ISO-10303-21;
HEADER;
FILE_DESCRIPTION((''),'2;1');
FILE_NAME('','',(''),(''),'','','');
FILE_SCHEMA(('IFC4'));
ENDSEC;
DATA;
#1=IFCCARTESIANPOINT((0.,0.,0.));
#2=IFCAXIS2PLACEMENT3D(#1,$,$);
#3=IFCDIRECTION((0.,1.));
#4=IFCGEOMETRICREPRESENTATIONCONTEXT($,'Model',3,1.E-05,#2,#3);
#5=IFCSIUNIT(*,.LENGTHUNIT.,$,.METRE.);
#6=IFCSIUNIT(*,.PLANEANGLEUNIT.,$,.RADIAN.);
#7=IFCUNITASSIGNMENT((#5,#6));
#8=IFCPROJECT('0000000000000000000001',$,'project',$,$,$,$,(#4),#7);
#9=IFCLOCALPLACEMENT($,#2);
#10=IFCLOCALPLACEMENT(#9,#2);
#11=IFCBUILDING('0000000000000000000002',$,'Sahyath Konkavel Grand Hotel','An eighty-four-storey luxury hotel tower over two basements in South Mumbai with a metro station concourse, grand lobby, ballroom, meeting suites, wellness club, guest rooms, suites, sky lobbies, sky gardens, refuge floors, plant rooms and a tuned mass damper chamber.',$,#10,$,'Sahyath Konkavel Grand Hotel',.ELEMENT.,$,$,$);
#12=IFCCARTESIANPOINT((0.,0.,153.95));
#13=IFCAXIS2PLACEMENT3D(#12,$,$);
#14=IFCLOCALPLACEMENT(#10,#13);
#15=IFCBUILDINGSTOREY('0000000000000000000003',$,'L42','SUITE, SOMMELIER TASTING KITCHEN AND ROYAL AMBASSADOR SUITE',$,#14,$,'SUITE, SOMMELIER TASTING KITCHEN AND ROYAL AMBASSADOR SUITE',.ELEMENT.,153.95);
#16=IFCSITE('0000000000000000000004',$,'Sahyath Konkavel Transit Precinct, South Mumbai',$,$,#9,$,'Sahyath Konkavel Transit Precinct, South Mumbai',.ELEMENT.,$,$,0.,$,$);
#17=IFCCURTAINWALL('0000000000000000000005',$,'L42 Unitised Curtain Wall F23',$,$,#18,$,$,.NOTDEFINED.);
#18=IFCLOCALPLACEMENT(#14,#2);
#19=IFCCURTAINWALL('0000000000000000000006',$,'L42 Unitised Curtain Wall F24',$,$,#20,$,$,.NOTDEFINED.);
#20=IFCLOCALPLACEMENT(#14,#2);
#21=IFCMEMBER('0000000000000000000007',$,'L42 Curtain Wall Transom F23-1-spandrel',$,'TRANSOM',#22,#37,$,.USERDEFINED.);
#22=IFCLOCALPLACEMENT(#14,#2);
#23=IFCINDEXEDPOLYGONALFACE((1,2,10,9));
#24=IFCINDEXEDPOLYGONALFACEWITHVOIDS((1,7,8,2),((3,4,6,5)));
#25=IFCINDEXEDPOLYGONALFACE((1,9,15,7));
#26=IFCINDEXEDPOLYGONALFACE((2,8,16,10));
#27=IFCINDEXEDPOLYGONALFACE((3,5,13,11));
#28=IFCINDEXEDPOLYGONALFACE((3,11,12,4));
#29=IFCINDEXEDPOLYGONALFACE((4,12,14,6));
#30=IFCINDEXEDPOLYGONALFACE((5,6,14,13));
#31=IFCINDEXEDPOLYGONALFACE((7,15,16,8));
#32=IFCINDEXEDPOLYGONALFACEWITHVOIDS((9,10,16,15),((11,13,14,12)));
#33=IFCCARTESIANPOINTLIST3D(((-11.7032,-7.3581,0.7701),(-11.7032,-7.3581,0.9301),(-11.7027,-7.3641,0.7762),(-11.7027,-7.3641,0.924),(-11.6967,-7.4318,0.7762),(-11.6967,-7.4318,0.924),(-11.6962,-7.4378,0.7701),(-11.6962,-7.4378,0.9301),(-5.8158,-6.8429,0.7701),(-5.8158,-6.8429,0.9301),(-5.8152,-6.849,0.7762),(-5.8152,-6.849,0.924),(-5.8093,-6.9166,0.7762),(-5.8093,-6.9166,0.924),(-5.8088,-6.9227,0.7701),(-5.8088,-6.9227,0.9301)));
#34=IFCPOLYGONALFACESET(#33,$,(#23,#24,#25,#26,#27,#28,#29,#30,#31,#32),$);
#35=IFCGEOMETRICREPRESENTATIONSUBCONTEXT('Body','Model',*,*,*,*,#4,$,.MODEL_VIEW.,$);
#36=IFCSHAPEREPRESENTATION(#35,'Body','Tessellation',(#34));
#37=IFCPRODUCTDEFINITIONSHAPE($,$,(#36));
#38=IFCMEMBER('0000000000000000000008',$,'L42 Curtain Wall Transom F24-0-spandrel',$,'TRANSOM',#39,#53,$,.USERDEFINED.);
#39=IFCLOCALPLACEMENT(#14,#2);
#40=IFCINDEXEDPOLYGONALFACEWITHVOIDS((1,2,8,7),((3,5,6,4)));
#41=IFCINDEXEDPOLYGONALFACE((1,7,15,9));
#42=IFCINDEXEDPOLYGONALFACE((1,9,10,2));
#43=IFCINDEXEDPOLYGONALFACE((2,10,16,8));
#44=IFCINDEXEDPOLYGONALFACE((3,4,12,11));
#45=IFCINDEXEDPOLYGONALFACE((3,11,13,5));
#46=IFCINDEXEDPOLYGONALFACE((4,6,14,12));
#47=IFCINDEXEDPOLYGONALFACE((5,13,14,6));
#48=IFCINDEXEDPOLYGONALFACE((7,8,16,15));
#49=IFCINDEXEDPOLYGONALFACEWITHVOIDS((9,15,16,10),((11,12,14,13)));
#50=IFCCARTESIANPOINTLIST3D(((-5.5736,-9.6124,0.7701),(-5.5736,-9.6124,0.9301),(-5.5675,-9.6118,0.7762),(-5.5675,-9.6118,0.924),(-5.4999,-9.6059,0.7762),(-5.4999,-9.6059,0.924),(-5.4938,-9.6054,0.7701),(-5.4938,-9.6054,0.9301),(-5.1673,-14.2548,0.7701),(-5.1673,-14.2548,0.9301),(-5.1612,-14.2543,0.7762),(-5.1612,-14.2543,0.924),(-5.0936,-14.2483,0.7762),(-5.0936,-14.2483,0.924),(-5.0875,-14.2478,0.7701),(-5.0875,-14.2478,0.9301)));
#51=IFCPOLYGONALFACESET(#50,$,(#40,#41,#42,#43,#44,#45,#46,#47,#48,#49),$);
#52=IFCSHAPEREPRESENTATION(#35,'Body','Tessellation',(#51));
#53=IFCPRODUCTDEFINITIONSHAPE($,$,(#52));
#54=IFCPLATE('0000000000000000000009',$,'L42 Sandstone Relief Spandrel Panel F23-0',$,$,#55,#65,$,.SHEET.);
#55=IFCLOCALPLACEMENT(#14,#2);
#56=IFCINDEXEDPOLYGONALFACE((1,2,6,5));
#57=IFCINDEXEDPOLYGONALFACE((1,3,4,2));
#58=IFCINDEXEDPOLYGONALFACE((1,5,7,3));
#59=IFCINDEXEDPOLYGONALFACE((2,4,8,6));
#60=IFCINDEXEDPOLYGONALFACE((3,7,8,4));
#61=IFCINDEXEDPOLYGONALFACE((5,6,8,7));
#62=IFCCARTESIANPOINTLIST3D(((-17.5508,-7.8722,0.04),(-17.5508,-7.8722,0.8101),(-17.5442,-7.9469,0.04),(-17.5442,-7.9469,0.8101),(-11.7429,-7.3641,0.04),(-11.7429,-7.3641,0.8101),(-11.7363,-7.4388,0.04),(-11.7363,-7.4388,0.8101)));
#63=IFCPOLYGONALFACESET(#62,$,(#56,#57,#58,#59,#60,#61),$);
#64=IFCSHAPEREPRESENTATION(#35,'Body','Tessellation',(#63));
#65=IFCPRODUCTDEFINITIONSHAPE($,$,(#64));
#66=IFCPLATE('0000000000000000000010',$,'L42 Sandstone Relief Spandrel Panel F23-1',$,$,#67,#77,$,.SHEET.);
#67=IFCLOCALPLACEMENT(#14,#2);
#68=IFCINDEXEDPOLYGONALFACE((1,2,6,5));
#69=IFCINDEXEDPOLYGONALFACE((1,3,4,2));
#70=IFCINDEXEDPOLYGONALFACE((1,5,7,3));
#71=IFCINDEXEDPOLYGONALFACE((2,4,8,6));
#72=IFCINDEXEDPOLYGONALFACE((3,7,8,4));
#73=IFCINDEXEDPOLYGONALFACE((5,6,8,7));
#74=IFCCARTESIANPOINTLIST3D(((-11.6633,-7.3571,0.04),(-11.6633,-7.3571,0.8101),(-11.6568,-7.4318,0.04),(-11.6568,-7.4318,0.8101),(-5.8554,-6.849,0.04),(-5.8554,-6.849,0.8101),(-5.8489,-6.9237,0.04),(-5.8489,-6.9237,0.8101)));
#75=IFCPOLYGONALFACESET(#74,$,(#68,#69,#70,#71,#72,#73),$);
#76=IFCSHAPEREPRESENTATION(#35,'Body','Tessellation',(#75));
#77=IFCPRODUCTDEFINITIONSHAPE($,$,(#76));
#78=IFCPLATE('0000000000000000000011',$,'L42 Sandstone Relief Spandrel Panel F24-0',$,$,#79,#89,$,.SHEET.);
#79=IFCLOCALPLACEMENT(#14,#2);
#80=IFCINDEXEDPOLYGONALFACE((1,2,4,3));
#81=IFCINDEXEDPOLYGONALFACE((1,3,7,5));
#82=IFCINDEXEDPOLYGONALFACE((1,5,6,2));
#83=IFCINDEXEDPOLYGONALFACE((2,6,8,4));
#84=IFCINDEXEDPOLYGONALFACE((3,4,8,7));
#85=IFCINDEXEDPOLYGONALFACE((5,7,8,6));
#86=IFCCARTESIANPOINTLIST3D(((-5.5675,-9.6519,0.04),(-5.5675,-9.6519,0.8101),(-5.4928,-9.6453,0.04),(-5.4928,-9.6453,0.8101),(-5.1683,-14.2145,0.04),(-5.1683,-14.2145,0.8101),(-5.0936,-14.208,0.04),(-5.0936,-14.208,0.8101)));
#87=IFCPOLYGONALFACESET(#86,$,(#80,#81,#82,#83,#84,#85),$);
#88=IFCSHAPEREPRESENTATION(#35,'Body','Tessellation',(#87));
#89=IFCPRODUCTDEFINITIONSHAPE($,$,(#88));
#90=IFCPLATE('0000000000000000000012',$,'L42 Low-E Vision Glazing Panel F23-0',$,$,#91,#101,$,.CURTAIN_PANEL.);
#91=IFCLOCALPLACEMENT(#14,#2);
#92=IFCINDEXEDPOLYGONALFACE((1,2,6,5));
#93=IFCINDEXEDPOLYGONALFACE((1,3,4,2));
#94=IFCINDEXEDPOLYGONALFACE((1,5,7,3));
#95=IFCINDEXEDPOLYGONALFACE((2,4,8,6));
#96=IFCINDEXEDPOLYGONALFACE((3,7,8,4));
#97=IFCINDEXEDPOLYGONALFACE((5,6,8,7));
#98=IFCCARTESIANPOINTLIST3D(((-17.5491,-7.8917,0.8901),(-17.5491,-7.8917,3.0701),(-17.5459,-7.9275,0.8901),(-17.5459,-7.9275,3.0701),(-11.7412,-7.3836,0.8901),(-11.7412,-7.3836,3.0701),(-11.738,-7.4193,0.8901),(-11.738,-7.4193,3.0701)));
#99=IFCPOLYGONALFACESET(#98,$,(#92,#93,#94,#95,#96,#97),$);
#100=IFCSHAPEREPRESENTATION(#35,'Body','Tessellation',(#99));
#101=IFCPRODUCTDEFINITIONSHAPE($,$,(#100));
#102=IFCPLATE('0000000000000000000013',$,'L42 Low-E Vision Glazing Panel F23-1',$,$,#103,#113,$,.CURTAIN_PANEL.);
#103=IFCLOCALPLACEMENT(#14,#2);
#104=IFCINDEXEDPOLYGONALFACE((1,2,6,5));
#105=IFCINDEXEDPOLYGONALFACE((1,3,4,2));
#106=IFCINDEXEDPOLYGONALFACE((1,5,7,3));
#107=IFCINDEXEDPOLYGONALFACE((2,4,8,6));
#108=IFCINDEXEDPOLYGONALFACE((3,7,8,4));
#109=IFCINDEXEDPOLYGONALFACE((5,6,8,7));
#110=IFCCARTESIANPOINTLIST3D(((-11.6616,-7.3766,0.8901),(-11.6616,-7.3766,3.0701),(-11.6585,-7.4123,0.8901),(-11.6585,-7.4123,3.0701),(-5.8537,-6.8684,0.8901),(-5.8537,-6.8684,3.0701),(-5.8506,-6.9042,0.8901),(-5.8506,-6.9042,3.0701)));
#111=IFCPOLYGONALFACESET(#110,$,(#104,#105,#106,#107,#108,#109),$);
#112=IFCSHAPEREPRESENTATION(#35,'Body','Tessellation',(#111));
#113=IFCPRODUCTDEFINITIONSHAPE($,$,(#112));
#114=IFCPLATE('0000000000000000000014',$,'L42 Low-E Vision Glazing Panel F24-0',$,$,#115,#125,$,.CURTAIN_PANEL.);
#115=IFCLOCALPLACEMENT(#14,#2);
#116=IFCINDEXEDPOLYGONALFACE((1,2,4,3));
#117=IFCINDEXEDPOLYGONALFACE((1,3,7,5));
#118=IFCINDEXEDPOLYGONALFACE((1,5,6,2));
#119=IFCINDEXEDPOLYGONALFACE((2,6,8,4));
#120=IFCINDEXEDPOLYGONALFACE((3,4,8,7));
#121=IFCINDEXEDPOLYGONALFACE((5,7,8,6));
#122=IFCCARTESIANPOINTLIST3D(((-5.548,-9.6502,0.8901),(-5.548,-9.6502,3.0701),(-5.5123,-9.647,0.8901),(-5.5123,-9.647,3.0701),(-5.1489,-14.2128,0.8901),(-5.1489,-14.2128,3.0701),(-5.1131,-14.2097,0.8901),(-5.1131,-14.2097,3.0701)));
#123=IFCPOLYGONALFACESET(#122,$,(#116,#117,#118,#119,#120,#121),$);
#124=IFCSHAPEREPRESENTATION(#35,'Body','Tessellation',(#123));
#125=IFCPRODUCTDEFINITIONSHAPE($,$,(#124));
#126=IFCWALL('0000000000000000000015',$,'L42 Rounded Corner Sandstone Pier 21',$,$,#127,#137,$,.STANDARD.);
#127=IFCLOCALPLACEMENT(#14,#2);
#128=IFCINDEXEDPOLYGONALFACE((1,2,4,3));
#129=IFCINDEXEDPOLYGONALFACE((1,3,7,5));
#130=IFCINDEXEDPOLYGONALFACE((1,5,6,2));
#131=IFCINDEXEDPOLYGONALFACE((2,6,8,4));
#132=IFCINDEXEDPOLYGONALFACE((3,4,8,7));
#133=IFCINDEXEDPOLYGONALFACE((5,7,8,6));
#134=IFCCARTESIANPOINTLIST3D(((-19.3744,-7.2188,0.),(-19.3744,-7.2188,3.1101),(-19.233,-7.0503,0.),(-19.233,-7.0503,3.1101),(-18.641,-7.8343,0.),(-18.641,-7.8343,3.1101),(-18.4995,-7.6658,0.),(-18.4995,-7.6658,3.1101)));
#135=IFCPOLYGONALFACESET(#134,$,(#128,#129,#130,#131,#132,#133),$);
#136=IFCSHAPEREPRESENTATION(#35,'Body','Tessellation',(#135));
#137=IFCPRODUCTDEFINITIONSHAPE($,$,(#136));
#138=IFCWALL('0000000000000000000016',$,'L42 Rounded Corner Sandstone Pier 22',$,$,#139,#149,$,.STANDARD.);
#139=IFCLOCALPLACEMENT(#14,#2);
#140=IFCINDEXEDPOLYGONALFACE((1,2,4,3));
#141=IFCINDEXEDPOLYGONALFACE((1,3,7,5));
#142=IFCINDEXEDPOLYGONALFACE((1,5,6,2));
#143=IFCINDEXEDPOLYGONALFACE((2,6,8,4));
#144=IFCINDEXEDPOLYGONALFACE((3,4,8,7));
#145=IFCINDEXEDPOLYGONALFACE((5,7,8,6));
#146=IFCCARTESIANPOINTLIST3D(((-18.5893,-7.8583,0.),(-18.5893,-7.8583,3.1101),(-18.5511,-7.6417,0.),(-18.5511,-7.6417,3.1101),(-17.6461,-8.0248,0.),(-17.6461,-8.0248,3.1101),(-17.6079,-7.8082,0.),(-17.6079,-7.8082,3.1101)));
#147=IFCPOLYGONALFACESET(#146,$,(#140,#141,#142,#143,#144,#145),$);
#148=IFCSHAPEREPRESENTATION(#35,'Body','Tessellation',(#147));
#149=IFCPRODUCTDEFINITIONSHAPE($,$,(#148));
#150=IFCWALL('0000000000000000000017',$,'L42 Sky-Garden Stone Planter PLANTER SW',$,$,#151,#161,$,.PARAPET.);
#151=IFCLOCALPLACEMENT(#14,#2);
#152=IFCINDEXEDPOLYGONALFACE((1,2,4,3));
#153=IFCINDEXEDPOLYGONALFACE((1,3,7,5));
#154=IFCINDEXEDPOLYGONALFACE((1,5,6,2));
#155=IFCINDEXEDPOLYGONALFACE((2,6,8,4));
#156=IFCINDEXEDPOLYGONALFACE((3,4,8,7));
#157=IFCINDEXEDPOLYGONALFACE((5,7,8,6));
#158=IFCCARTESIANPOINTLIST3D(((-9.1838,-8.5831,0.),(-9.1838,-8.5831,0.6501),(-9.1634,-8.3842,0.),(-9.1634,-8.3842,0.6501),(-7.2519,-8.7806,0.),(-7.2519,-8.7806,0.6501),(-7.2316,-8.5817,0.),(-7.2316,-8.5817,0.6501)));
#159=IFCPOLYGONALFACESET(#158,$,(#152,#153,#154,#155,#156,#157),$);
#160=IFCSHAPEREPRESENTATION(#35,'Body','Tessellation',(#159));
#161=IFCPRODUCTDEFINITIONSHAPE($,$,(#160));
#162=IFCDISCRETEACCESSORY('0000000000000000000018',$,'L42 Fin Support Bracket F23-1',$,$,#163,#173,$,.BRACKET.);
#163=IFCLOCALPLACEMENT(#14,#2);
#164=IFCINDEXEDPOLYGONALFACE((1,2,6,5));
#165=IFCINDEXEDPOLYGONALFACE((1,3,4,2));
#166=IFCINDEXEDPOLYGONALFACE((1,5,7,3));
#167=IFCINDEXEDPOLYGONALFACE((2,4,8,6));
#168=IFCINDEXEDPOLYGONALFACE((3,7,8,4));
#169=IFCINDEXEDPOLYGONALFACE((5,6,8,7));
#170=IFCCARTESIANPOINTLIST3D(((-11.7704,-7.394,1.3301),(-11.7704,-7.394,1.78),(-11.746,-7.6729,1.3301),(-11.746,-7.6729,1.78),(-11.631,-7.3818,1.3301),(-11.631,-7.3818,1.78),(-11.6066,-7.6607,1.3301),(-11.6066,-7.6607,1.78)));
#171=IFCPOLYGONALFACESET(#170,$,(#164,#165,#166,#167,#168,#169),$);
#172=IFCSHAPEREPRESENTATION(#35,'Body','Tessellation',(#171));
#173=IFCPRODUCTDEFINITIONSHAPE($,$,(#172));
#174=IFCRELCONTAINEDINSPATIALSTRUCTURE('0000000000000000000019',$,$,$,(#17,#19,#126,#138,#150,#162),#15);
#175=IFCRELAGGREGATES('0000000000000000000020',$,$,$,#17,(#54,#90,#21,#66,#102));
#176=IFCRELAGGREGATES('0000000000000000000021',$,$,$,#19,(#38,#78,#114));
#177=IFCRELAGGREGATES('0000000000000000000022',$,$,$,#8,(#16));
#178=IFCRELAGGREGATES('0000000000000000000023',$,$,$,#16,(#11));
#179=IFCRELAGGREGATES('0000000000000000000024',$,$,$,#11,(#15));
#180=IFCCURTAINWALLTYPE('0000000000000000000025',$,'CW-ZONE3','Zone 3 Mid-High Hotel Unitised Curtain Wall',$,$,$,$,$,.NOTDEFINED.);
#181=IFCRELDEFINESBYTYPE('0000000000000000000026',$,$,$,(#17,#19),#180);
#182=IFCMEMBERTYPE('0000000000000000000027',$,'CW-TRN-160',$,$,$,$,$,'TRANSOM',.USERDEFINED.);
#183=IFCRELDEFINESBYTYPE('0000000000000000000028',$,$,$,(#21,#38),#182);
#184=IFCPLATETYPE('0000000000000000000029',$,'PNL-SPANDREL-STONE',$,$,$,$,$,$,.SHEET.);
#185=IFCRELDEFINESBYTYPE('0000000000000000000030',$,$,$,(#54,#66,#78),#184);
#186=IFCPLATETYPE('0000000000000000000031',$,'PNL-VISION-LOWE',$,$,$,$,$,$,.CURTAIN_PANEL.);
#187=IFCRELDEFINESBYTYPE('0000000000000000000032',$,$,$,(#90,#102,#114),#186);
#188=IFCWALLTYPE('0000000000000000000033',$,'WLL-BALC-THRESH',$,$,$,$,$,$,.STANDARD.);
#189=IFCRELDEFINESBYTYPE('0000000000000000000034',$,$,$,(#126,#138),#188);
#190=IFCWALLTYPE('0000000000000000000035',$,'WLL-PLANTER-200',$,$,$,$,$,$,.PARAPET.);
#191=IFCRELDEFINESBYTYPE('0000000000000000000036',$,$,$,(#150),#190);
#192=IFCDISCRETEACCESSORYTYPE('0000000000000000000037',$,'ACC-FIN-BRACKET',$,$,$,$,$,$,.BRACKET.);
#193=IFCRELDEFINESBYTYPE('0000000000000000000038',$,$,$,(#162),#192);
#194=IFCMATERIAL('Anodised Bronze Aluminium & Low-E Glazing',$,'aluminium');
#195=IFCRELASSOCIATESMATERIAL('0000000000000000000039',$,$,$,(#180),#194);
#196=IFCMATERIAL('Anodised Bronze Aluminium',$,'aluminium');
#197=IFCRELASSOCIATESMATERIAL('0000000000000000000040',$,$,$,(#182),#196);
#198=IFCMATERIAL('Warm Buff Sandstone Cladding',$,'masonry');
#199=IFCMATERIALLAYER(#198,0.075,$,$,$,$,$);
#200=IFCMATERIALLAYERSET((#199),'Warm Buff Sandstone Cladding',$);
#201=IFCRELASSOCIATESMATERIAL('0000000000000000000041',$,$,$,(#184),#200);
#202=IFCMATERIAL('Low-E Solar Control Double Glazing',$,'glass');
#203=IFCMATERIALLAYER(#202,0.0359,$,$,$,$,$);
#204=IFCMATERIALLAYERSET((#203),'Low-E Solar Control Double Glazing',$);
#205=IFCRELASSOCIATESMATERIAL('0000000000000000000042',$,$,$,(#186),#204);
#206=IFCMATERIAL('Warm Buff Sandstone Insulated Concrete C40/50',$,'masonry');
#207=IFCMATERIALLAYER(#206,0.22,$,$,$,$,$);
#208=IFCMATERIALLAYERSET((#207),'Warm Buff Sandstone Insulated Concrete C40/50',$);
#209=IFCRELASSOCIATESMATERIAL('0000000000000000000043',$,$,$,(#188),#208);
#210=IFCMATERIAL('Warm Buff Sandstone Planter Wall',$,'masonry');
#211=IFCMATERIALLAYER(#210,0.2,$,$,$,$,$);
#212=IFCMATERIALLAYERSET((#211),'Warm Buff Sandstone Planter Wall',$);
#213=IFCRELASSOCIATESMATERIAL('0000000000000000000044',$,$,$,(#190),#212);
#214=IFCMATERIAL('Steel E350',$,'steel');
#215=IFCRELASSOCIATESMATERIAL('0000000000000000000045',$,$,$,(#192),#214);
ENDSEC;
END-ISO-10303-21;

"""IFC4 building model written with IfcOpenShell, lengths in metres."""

from ifc_helpers import new_model, si_unit, direction, frame, frame_2d, origin, origin_2d, place, context, subcontext, project, spatial, rectangle, hollow_rectangle, extrude, source, transform, mapped, material, layer, layer_set, material_profile, profile_set, type_object, element, aggregate, save


model = new_model("IFC4")

# Units and contexts
model_context = context("Model", 3, precision=1e-05, world=origin(), true_north=direction((0.0, 1.0)))
body_context = subcontext(model_context, "Body", "Model", "MODEL_VIEW")
ifc_project = project(units=[si_unit("LENGTHUNIT", "METRE"), si_unit("PLANEANGLEUNIT", "RADIAN")], contexts=[model_context])

# Site, building, storey
site_placement = place(None, origin())
site = spatial("IfcSite", under=ifc_project, at=site_placement, Name="Sahyath Konkavel Transit Precinct, South Mumbai", LongName="Sahyath Konkavel Transit Precinct, South Mumbai", CompositionType="ELEMENT", RefElevation=0.0)
building_placement = place(site_placement, origin())
building = spatial("IfcBuilding", under=site, at=building_placement, Name="Sahyath Konkavel Grand Hotel", Description="An eighty-four-storey luxury hotel tower over two basements in South Mumbai with a metro station concourse, grand lobby, ballroom, meeting suites, wellness club, guest rooms, suites, sky lobbies, sky gardens, refuge floors, plant rooms and a tuned mass damper chamber.", LongName="Sahyath Konkavel Grand Hotel", CompositionType="ELEMENT")
storey_placement = place(building_placement, frame((0.0, 0.0, 153.95)))
storey = spatial("IfcBuildingStorey", under=building, at=storey_placement, Name="L42", Description="SUITE, SOMMELIER TASTING KITCHEN AND ROYAL AMBASSADOR SUITE", LongName="SUITE, SOMMELIER TASTING KITCHEN AND ROYAL AMBASSADOR SUITE", CompositionType="ELEMENT", Elevation=153.95)

# Shared definitions
ifc_material_1 = material(Name="Steel E350", Category="steel")

# Curtain walls
ifc_material_2 = material(Name="Anodised Bronze Aluminium & Low-E Glazing", Category="aluminium")
curtain_wall_type = type_object("IfcCurtainWallType", Name="CW-ZONE3", Description="Zone 3 Mid-High Hotel Unitised Curtain Wall", PredefinedType="NOTDEFINED", material=ifc_material_2)
curtain_wall_1_placement = place(storey_placement, origin())
curtain_wall_1 = element("IfcCurtainWall", 1, at=curtain_wall_1_placement, inside=storey, type_object=curtain_wall_type, Name="L42 Unitised Curtain Wall F23", PredefinedType="NOTDEFINED")
curtain_wall_2_placement = place(storey_placement, origin())
curtain_wall_2 = element("IfcCurtainWall", 2, at=curtain_wall_2_placement, inside=storey, type_object=curtain_wall_type, Name="L42 Unitised Curtain Wall F24", PredefinedType="NOTDEFINED")
ifc_material_3 = material(Name="Anodised Bronze Aluminium", Category="aluminium")

# Members
ifc_material_profile_1 = material_profile(ifc_material_3, hollow_rectangle(XDim=0.0801, YDim=0.1599, WallThickness=0.0061, at=origin_2d()), Name="RHS 160x80x6")
ifc_profile_set_1 = profile_set([ifc_material_profile_1], Name="Anodised Bronze Aluminium")
member_type_1 = type_object("IfcMemberType", Name="CW-TRN-160", ElementType="TRANSOM", PredefinedType="USERDEFINED", material=ifc_profile_set_1)
shared_shape_1 = source(origin(), body_context, "Body", "SweptSolid", [
    extrude(hollow_rectangle(XDim=0.0801, YDim=0.1599, WallThickness=0.0061, at=origin_2d()), origin(), (0.0, 0.0, 1.0), 5.9099),
])
member_1_placement = place(storey_placement, frame((-11.6997, -7.3979, 0.8501), z_axis=(0.996194, 0.087164, 0.0), x_axis=(-0.087164, 0.996194, 0.0)))
member_1 = element("IfcMember", 3, at=member_1_placement, type_object=member_type_1, Name="L42 Curtain Wall Transom F23-1-spandrel", ObjectType="TRANSOM", PredefinedType="USERDEFINED", context=body_context, shape_type="MappedRepresentation", body=[
    mapped(shared_shape_1, transform((0.0, 0.0, 0.0), scale=1.0)),
])
shared_shape_2 = source(origin(), body_context, "Body", "SweptSolid", [
    extrude(hollow_rectangle(XDim=0.0801, YDim=0.1599, WallThickness=0.0061, at=origin_2d()), origin(), (0.0, 0.0, 1.0), 4.6602),
])
member_2_placement = place(storey_placement, frame((-5.5337, -9.6089, 0.8501), z_axis=(0.087177, -0.996193, 0.0), x_axis=(0.996193, 0.087177, 0.0)))
member_2 = element("IfcMember", 4, at=member_2_placement, type_object=member_type_1, Name="L42 Curtain Wall Transom F24-0-spandrel", ObjectType="TRANSOM", PredefinedType="USERDEFINED", context=body_context, shape_type="MappedRepresentation", body=[
    mapped(shared_shape_2, transform((0.0, 0.0, 0.0), scale=1.0)),
])

# Plates
ifc_material_4 = material(Name="Warm Buff Sandstone Cladding", Category="masonry")
ifc_layer_1 = layer(ifc_material_4, 0.075)
ifc_layer_set_1 = layer_set([ifc_layer_1], Name="Warm Buff Sandstone Cladding")
plate_type_1 = type_object("IfcPlateType", Name="PNL-SPANDREL-STONE", PredefinedType="SHEET", material=ifc_layer_set_1)
shared_shape_3 = source(origin(), body_context, "Body", "SweptSolid", [
    extrude(rectangle(XDim=5.8301, YDim=0.075, at=origin_2d()), origin(), (0.0, 0.0, 1.0), 0.77),
])
plate_1_placement = place(storey_placement, frame((-14.6436, -7.6555, 0.04), z_axis=(0.0, 0.0, 1.0), x_axis=(0.996195, 0.087156, 0.0)))
plate_1 = element("IfcPlate", 5, at=plate_1_placement, type_object=plate_type_1, Name="L42 Sandstone Relief Spandrel Panel F23-0", PredefinedType="SHEET", context=body_context, shape_type="MappedRepresentation", body=[
    mapped(shared_shape_3, transform((0.0, 0.0, 0.0), scale=1.0)),
])
plate_2_placement = place(storey_placement, frame((-8.7561, -7.1404, 0.04), z_axis=(0.0, 0.0, 1.0), x_axis=(0.996195, 0.087156, 0.0)))
plate_2 = element("IfcPlate", 6, at=plate_2_placement, type_object=plate_type_1, Name="L42 Sandstone Relief Spandrel Panel F23-1", PredefinedType="SHEET", context=body_context, shape_type="MappedRepresentation", body=[
    mapped(shared_shape_3, transform((0.0, 0.0, 0.0), scale=1.0)),
])
shared_shape_4 = source(origin(), body_context, "Body", "SweptSolid", [
    extrude(rectangle(XDim=4.5801, YDim=0.075, at=origin_2d()), origin(), (0.0, 0.0, 1.0), 0.77),
])
plate_3_placement = place(storey_placement, frame((-5.3306, -11.9299, 0.04), z_axis=(0.0, 0.0, 1.0), x_axis=(0.087156, -0.996195, 0.0)))
plate_3 = element("IfcPlate", 7, at=plate_3_placement, type_object=plate_type_1, Name="L42 Sandstone Relief Spandrel Panel F24-0", PredefinedType="SHEET", context=body_context, shape_type="MappedRepresentation", body=[
    mapped(shared_shape_4, transform((0.0, 0.0, 0.0), scale=1.0)),
])
ifc_material_5 = material(Name="Low-E Solar Control Double Glazing", Category="glass")
ifc_layer_2 = layer(ifc_material_5, 0.0359)
ifc_layer_set_2 = layer_set([ifc_layer_2], Name="Low-E Solar Control Double Glazing")
plate_type_2 = type_object("IfcPlateType", Name="PNL-VISION-LOWE", PredefinedType="CURTAIN_PANEL", material=ifc_layer_set_2)
shared_shape_5 = source(origin(), body_context, "Body", "SweptSolid", [
    extrude(rectangle(XDim=5.8301, YDim=0.0359, at=origin_2d()), origin(), (0.0, 0.0, 1.0), 2.1799),
])
plate_4_placement = place(storey_placement, frame((-14.6436, -7.6555, 0.8901), z_axis=(0.0, 0.0, 1.0), x_axis=(0.996195, 0.087156, 0.0)))
plate_4 = element("IfcPlate", 8, at=plate_4_placement, type_object=plate_type_2, Name="L42 Low-E Vision Glazing Panel F23-0", PredefinedType="CURTAIN_PANEL", context=body_context, shape_type="MappedRepresentation", body=[
    mapped(shared_shape_5, transform((0.0, 0.0, 0.0), scale=1.0)),
])
plate_5_placement = place(storey_placement, frame((-8.7561, -7.1404, 0.8901), z_axis=(0.0, 0.0, 1.0), x_axis=(0.996195, 0.087156, 0.0)))
plate_5 = element("IfcPlate", 9, at=plate_5_placement, type_object=plate_type_2, Name="L42 Low-E Vision Glazing Panel F23-1", PredefinedType="CURTAIN_PANEL", context=body_context, shape_type="MappedRepresentation", body=[
    mapped(shared_shape_5, transform((0.0, 0.0, 0.0), scale=1.0)),
])
aggregate(curtain_wall_1, [plate_1, plate_4, member_1, plate_2, plate_5])
shared_shape_6 = source(origin(), body_context, "Body", "SweptSolid", [
    extrude(rectangle(XDim=4.5801, YDim=0.0359, at=origin_2d()), origin(), (0.0, 0.0, 1.0), 2.1799),
])
plate_6_placement = place(storey_placement, frame((-5.3306, -11.9299, 0.8901), z_axis=(0.0, 0.0, 1.0), x_axis=(0.087156, -0.996195, 0.0)))
plate_6 = element("IfcPlate", 10, at=plate_6_placement, type_object=plate_type_2, Name="L42 Low-E Vision Glazing Panel F24-0", PredefinedType="CURTAIN_PANEL", context=body_context, shape_type="MappedRepresentation", body=[
    mapped(shared_shape_6, transform((0.0, 0.0, 0.0), scale=1.0)),
])
aggregate(curtain_wall_2, [member_2, plate_3, plate_6])

# Walls
ifc_material_6 = material(Name="Warm Buff Sandstone Insulated Concrete C40/50", Category="masonry")
ifc_layer_3 = layer(ifc_material_6, 0.22)
ifc_layer_set_3 = layer_set([ifc_layer_3], Name="Warm Buff Sandstone Insulated Concrete C40/50")
wall_type_1 = type_object("IfcWallType", Name="WLL-BALC-THRESH", PredefinedType="STANDARD", material=ifc_layer_set_3)
wall_1_placement = place(storey_placement, frame((-19.3037, -7.1345, 0.0), z_axis=(0.0, 0.0, 1.0), x_axis=(0.766001, -0.642839, 0.0)))
element("IfcWall", 11, at=wall_1_placement, inside=storey, type_object=wall_type_1, Name="L42 Rounded Corner Sandstone Pier 21", PredefinedType="STANDARD", context=body_context, shape_type="SweptSolid", body=[
    extrude(rectangle(XDim=0.9575, YDim=0.22, at=frame_2d((0.4788, 0.0))), origin(), (0.0, 0.0, 1.0), 3.1101),
])
wall_2_placement = place(storey_placement, frame((-18.5703, -7.75, 0.0), z_axis=(0.0, 0.0, 1.0), x_axis=(0.984771, -0.173858, 0.0)))
element("IfcWall", 12, at=wall_2_placement, inside=storey, type_object=wall_type_1, Name="L42 Rounded Corner Sandstone Pier 22", PredefinedType="STANDARD", context=body_context, shape_type="SweptSolid", body=[
    extrude(rectangle(XDim=0.9578, YDim=0.22, at=frame_2d((0.479, 0.0))), origin(), (0.0, 0.0, 1.0), 3.1101),
])
ifc_material_7 = material(Name="Warm Buff Sandstone Planter Wall", Category="masonry")
ifc_layer_4 = layer(ifc_material_7, 0.2)
ifc_layer_set_4 = layer_set([ifc_layer_4], Name="Warm Buff Sandstone Planter Wall")
wall_type_2 = type_object("IfcWallType", Name="WLL-PLANTER-200", PredefinedType="PARAPET", material=ifc_layer_set_4)
wall_3_placement = place(storey_placement, frame((-9.1736, -8.4836, 0.0), z_axis=(0.0, 0.0, 1.0), x_axis=(0.994814, -0.101707, 0.0)))
element("IfcWall", 13, at=wall_3_placement, inside=storey, type_object=wall_type_2, Name="L42 Sky-Garden Stone Planter PLANTER SW", PredefinedType="PARAPET", context=body_context, shape_type="SweptSolid", body=[
    extrude(rectangle(XDim=1.9419, YDim=0.2, at=frame_2d((0.9709, 0.0))), origin(), (0.0, 0.0, 1.0), 0.6501),
])

# Discrete accessory
discrete_accessory_type = type_object("IfcDiscreteAccessoryType", Name="ACC-FIN-BRACKET", PredefinedType="BRACKET", material=ifc_material_1)
shared_shape_7 = source(origin(), body_context, "Body", "SweptSolid", [
    extrude(rectangle(XDim=0.28, YDim=0.1399, at=origin_2d()), origin(), (0.0, 0.0, 1.0), 0.45),
])
discrete_accessory_placement = place(storey_placement, frame((-11.6885, -7.5273, 1.3301), z_axis=(0.0, 0.0, 1.0), x_axis=(0.087156, -0.996195, 0.0)))
element("IfcDiscreteAccessory", 14, at=discrete_accessory_placement, inside=storey, type_object=discrete_accessory_type, Name="L42 Fin Support Bracket F23-1", PredefinedType="BRACKET", context=body_context, shape_type="MappedRepresentation", body=[
    mapped(shared_shape_7, transform((0.0, 0.0, 0.0), scale=1.0)),
])

save(model, "model.ifc")
